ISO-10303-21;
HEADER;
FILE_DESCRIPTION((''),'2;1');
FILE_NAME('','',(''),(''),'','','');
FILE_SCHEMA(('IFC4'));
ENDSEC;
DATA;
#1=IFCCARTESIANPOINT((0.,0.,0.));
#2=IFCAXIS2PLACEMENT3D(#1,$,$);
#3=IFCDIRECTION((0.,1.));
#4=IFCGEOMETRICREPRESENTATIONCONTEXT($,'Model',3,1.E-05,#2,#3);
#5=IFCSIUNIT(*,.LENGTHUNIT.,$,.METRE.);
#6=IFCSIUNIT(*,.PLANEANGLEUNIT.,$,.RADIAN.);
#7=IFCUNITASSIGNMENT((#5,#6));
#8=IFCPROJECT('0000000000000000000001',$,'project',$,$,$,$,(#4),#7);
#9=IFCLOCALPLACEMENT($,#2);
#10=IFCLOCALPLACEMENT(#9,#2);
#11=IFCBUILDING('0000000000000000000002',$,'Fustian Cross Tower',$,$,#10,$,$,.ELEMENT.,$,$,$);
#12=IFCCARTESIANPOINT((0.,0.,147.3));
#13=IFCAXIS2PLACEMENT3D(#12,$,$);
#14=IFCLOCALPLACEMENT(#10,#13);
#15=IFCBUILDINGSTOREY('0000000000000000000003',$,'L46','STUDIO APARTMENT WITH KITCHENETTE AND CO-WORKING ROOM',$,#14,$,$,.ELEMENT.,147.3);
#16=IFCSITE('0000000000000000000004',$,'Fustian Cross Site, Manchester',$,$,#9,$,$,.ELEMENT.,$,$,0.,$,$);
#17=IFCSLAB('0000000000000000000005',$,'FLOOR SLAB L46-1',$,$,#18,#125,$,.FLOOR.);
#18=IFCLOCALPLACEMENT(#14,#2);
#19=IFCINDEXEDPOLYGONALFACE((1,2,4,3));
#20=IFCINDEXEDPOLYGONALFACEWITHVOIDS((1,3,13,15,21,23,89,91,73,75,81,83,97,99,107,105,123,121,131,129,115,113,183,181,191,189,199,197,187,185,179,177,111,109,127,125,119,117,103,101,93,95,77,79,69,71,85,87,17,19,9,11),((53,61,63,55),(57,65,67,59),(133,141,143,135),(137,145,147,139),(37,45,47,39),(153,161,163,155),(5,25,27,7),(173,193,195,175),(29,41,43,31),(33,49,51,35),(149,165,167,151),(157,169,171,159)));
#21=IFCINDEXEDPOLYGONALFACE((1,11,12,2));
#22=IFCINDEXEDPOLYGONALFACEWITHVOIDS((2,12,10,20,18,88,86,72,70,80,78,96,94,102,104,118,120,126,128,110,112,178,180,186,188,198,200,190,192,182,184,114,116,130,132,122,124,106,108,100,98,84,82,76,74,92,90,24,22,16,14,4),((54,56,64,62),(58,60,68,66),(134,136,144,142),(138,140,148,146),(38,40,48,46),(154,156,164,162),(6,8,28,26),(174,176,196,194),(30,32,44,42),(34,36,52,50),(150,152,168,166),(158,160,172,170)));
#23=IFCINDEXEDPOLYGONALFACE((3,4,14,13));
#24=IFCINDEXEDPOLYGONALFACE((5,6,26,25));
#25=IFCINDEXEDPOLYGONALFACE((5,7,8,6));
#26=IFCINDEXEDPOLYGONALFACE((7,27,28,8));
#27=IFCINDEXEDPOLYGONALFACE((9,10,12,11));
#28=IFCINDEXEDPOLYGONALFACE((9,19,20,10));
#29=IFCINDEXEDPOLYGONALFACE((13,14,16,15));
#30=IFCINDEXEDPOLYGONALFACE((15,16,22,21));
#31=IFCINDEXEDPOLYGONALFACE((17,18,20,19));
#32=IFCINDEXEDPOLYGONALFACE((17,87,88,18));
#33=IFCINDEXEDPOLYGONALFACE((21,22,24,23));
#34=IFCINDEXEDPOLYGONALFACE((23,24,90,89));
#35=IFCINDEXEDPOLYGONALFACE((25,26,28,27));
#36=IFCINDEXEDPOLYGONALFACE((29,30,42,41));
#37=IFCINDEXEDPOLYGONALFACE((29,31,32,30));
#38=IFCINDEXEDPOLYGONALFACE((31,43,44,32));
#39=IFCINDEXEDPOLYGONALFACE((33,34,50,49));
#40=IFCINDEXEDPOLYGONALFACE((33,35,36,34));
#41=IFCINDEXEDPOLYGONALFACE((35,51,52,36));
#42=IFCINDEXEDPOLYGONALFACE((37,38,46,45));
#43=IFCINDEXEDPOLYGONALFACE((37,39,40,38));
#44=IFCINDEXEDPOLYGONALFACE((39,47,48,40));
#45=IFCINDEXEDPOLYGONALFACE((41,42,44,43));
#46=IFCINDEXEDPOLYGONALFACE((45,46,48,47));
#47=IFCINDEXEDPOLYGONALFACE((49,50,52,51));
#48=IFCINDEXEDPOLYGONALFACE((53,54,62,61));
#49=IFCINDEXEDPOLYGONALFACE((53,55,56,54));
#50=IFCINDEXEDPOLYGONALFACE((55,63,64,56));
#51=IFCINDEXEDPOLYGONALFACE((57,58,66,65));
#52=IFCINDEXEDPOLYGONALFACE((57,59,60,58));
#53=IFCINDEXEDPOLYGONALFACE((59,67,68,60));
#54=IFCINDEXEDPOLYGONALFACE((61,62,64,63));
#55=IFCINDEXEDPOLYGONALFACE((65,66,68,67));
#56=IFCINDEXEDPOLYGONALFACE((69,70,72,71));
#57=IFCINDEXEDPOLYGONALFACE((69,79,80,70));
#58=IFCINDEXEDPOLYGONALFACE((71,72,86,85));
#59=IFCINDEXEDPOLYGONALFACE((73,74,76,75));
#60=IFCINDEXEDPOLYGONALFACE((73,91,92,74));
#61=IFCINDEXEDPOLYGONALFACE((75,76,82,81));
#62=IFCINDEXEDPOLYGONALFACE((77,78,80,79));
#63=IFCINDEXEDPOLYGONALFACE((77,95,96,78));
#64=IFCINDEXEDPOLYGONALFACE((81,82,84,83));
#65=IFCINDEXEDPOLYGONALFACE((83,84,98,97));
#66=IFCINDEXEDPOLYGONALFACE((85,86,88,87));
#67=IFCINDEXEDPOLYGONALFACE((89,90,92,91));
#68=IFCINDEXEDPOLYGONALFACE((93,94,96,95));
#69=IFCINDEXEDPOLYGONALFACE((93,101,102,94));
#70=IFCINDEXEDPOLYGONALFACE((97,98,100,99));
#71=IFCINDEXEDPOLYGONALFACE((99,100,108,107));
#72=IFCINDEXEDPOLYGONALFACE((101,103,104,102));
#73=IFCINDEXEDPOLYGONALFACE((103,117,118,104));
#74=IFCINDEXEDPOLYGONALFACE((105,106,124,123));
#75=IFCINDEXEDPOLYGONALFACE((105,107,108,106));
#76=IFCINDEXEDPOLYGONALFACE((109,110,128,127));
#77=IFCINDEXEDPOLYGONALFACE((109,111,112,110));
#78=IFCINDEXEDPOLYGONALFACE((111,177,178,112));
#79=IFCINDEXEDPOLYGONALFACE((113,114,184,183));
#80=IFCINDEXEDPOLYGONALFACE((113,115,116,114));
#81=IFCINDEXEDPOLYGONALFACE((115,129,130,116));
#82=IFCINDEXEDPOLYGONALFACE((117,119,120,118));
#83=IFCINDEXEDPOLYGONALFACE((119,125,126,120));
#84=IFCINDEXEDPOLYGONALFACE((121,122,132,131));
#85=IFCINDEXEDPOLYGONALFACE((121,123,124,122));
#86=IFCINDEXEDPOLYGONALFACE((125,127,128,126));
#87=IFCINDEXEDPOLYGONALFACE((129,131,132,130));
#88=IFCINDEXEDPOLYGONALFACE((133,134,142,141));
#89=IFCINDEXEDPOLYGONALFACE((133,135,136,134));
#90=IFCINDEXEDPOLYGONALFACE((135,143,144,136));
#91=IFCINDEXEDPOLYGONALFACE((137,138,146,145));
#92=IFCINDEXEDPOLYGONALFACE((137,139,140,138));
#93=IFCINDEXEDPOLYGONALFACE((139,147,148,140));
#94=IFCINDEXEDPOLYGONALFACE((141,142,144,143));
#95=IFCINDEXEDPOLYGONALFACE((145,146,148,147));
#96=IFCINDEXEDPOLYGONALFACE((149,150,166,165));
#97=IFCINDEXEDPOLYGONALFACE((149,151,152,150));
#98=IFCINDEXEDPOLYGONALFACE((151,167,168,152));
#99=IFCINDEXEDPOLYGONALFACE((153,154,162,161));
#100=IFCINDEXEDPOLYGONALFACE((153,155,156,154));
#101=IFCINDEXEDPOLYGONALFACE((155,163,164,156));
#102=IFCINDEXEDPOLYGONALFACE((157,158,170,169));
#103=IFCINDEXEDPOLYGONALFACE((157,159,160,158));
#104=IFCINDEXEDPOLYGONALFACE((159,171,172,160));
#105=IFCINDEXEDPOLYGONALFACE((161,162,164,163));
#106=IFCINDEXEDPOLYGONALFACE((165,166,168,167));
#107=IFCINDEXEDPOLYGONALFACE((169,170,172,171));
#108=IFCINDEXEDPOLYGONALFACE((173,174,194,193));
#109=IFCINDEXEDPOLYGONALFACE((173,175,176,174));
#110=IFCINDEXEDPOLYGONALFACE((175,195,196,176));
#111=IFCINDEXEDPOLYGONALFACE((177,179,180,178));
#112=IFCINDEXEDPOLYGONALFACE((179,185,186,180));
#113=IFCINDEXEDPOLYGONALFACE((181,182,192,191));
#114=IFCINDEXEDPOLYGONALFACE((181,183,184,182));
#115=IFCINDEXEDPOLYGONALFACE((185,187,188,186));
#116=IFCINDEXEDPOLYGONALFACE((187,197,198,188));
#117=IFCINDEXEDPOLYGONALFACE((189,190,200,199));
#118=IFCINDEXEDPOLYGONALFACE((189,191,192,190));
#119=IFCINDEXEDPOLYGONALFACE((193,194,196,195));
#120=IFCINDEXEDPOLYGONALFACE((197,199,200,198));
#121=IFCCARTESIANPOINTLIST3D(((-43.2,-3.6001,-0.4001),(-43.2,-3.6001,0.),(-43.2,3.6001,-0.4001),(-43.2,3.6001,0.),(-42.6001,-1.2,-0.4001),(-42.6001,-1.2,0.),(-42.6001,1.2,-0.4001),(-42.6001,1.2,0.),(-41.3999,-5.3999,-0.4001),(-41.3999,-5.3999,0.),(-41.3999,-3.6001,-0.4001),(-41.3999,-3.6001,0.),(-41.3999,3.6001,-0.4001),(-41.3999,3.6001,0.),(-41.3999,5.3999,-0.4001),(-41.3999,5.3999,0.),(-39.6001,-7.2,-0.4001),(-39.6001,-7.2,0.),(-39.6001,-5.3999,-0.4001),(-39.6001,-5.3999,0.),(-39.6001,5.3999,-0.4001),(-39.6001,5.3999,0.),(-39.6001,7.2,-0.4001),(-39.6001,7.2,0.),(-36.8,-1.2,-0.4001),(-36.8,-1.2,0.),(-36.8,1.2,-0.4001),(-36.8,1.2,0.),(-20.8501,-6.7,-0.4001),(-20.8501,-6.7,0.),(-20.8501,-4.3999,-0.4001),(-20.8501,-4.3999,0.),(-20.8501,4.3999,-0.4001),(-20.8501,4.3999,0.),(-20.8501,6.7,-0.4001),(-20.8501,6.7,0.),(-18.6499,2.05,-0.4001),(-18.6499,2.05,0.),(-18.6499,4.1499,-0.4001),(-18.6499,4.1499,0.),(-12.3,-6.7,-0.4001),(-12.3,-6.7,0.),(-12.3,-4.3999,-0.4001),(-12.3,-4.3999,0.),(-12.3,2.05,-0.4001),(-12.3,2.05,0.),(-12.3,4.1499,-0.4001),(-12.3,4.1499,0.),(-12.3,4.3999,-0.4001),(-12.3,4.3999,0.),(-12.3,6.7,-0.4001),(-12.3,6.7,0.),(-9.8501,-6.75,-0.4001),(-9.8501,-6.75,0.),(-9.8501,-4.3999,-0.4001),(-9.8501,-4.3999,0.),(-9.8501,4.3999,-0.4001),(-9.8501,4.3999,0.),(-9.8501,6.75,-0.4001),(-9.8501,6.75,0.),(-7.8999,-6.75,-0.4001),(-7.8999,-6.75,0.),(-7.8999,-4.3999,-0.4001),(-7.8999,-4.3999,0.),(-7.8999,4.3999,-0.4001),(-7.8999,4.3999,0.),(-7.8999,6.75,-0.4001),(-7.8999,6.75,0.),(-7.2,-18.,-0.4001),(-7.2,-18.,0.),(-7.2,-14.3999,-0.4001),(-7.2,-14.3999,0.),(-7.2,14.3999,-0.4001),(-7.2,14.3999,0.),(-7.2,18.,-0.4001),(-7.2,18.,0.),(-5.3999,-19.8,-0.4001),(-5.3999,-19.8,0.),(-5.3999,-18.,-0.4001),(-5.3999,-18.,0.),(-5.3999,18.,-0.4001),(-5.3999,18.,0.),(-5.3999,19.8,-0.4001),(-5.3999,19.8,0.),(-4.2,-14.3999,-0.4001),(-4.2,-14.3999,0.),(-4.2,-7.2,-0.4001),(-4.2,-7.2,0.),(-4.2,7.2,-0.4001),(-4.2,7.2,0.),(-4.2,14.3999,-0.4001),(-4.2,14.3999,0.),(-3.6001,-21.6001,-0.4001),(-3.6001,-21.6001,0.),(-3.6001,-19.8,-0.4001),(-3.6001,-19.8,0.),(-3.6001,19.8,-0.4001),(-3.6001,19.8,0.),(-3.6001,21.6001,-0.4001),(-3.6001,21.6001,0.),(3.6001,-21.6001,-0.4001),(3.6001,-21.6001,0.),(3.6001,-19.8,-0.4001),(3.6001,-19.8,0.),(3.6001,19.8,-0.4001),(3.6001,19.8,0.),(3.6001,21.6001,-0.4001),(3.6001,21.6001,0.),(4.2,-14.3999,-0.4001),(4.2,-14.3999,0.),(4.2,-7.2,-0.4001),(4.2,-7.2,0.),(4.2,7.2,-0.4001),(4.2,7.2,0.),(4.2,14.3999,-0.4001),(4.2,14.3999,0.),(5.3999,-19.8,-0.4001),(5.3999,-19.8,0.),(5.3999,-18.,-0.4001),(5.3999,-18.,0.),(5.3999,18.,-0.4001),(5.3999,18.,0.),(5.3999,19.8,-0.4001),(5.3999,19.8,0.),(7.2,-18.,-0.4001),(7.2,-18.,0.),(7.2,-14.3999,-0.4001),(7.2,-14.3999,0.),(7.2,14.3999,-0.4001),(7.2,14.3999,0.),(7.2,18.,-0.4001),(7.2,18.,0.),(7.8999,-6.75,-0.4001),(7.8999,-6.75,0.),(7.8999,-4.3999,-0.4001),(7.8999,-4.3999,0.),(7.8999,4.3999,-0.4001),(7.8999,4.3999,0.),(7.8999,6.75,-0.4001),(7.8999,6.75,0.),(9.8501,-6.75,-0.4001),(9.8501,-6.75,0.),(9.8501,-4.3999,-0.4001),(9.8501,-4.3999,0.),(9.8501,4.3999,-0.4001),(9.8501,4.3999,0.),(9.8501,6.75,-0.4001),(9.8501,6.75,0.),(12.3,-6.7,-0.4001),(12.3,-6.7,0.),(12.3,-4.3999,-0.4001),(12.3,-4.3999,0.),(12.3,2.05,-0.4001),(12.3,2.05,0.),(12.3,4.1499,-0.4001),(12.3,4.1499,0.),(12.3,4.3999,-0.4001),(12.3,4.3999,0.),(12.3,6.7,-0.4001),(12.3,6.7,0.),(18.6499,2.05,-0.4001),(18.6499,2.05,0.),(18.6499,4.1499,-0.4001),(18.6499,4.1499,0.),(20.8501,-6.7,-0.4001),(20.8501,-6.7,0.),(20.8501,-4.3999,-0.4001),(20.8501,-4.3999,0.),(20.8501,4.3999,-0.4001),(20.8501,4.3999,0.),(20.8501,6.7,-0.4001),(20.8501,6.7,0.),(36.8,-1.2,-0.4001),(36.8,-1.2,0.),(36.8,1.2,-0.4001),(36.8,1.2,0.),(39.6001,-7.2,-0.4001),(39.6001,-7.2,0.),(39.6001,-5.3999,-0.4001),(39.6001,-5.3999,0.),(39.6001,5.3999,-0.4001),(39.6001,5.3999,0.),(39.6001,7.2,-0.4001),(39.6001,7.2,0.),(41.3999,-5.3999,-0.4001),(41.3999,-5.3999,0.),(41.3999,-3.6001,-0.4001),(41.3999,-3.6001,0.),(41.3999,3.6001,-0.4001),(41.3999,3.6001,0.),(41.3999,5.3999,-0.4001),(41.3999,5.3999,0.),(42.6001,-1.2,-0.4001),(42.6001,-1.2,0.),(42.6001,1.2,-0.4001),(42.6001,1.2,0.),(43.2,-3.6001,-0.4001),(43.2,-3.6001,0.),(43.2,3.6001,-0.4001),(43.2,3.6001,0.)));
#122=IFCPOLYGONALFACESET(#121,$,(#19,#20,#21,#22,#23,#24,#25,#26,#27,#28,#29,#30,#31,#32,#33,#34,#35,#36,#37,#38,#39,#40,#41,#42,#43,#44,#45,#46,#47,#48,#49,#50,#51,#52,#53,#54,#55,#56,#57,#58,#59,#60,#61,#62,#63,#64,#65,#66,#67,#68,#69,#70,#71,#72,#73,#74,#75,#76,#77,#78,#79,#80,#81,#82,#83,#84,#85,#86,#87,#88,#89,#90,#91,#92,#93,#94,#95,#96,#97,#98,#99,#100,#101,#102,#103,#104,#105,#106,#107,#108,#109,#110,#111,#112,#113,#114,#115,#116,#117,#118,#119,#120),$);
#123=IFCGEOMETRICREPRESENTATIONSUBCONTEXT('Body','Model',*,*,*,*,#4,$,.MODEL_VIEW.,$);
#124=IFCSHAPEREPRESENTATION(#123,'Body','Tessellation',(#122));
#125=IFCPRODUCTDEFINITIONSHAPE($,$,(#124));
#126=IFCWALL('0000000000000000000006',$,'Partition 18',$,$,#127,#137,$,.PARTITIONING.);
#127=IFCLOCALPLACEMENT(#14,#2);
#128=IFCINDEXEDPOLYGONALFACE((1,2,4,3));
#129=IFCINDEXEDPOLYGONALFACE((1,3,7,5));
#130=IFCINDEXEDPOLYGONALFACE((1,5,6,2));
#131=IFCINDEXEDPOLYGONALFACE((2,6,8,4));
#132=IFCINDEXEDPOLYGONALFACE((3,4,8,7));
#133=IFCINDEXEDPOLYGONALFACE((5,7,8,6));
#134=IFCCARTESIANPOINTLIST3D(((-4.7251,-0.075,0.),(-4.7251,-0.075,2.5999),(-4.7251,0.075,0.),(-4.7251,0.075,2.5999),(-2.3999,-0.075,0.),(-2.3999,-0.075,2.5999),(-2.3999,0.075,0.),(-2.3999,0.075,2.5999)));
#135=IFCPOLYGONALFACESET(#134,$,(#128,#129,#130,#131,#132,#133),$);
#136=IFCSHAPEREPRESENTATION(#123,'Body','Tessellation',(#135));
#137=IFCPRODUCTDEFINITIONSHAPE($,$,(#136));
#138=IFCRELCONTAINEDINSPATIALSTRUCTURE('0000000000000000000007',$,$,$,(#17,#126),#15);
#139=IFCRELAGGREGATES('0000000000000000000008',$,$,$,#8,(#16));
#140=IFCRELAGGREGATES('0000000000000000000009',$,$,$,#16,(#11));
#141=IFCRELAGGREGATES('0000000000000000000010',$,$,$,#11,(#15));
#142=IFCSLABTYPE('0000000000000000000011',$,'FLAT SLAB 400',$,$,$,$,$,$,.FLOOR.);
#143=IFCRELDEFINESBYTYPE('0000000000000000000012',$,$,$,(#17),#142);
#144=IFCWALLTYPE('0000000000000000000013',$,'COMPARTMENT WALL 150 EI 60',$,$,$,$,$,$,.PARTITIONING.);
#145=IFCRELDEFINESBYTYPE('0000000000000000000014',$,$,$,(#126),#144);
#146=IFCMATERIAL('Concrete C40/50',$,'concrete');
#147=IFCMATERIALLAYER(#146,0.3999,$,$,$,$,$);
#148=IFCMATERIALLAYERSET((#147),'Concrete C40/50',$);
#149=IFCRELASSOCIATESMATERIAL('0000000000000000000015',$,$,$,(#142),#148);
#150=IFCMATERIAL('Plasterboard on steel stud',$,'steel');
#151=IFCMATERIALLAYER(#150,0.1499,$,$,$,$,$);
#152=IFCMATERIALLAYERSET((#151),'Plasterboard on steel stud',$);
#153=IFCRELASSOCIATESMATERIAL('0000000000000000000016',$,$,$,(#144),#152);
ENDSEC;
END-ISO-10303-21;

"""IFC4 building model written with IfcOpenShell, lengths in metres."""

from ifc_helpers import new_model, si_unit, direction, frame, frame_2d, origin, place, context, subcontext, project, spatial, polyline, rectangle, outline, extrude, material, layer, layer_set, type_object, element, save


model = new_model("IFC4")

# Units and contexts
model_context = context("Model", 3, precision=1e-05, world=origin(), true_north=direction((0.0, 1.0)))
body_context = subcontext(model_context, "Body", "Model", "MODEL_VIEW")
ifc_project = project(units=[si_unit("LENGTHUNIT", "METRE"), si_unit("PLANEANGLEUNIT", "RADIAN")], contexts=[model_context])

# Site, building, storey
site_placement = place(None, origin())
site = spatial("IfcSite", under=ifc_project, at=site_placement, Name="Fustian Cross Site, Manchester", CompositionType="ELEMENT", RefElevation=0.0)
building_placement = place(site_placement, origin())
building = spatial("IfcBuilding", under=site, at=building_placement, Name="Fustian Cross Tower", CompositionType="ELEMENT")
storey_placement = place(building_placement, frame((0.0, 0.0, 147.3)))
storey = spatial("IfcBuildingStorey", under=building, at=storey_placement, Name="L46", Description="STUDIO APARTMENT WITH KITCHENETTE AND CO-WORKING ROOM", CompositionType="ELEMENT", Elevation=147.3)

# Slab
ifc_material_1 = material(Name="Concrete C40/50", Category="concrete")
ifc_layer_1 = layer(ifc_material_1, 0.3999)
ifc_layer_set_1 = layer_set([ifc_layer_1], Name="Concrete C40/50")
slab_type_1 = type_object("IfcSlabType", Name="FLAT SLAB 400", PredefinedType="FLOOR", material=ifc_layer_set_1)
slab_1_placement = place(storey_placement, frame((0.0, 0.0, -0.4001)))
element("IfcSlab", 1, at=slab_1_placement, inside=storey, type_object=slab_type_1, Name="FLOOR SLAB L46-1", PredefinedType="FLOOR", context=body_context, shape_type="SweptSolid", body=[
    extrude(outline(polyline([(-5.3999, -18.0), (-7.2, -18.0), (-7.2, -14.3999), (-4.2, -14.3999), (-4.2, -7.2), (-39.6001, -7.2), (-39.6001, -5.3999), (-41.3999, -5.3999), (-41.3999, -3.6001), (-43.2, -3.6001), (-43.2, 3.6001), (-41.3999, 3.6001), (-41.3999, 5.3999), (-39.6001, 5.3999), (-39.6001, 7.2), (-4.2, 7.2), (-4.2, 14.3999), (-7.2, 14.3999), (-7.2, 18.0), (-5.3999, 18.0), (-5.3999, 19.8), (-3.6001, 19.8), (-3.6001, 21.6001), (3.6001, 21.6001), (3.6001, 19.8), (5.3999, 19.8), (5.3999, 18.0), (7.2, 18.0), (7.2, 14.3999), (4.2, 14.3999), (4.2, 7.2), (39.6001, 7.2), (39.6001, 5.3999), (41.3999, 5.3999), (41.3999, 3.6001), (43.2, 3.6001), (43.2, -3.6001), (41.3999, -3.6001), (41.3999, -5.3999), (39.6001, -5.3999), (39.6001, -7.2), (4.2, -7.2), (4.2, -14.3999), (7.2, -14.3999), (7.2, -18.0), (5.3999, -18.0), (5.3999, -19.8), (3.6001, -19.8), (3.6001, -21.6001), (-3.6001, -21.6001), (-3.6001, -19.8), (-5.3999, -19.8), (-5.3999, -18.0)]), holes=[polyline([(9.8501, 4.3999), (9.8501, 6.75), (7.8999, 6.75), (7.8999, 4.3999), (9.8501, 4.3999)]), polyline([(7.8999, -6.75), (9.8501, -6.75), (9.8501, -4.3999), (7.8999, -4.3999), (7.8999, -6.75)]), polyline([(-9.8501, 6.75), (-9.8501, 4.3999), (-7.8999, 4.3999), (-7.8999, 6.75), (-9.8501, 6.75)]), polyline([(-7.8999, -4.3999), (-9.8501, -4.3999), (-9.8501, -6.75), (-7.8999, -6.75), (-7.8999, -4.3999)]), polyline([(18.6499, 2.05), (18.6499, 4.1499), (12.3, 4.1499), (12.3, 2.05), (18.6499, 2.05)]), polyline([(-18.6499, 2.05), (-12.3, 2.05), (-12.3, 4.1499), (-18.6499, 4.1499), (-18.6499, 2.05)]), polyline([(12.3, 6.7), (12.3, 4.3999), (20.8501, 4.3999), (20.8501, 6.7), (12.3, 6.7)]), polyline([(20.8501, -4.3999), (12.3, -4.3999), (12.3, -6.7), (20.8501, -6.7), (20.8501, -4.3999)]), polyline([(-12.3, 4.3999), (-12.3, 6.7), (-20.8501, 6.7), (-20.8501, 4.3999), (-12.3, 4.3999)]), polyline([(-20.8501, -6.7), (-12.3, -6.7), (-12.3, -4.3999), (-20.8501, -4.3999), (-20.8501, -6.7)]), polyline([(36.8, 1.2), (36.8, -1.2), (42.6001, -1.2), (42.6001, 1.2), (36.8, 1.2)]), polyline([(-36.8, 1.2), (-42.6001, 1.2), (-42.6001, -1.2), (-36.8, -1.2), (-36.8, 1.2)])]), origin(), (0.0, 0.0, 1.0), 0.4001),
])

# Wall
ifc_material_2 = material(Name="Plasterboard on steel stud", Category="steel")
ifc_layer_2 = layer(ifc_material_2, 0.1499)
ifc_layer_set_2 = layer_set([ifc_layer_2], Name="Plasterboard on steel stud")
wall_type_1 = type_object("IfcWallType", Name="COMPARTMENT WALL 150 EI 60", PredefinedType="PARTITIONING", material=ifc_layer_set_2)
wall_1_placement = place(storey_placement, frame((-4.7251, 0.0, 0.0), z_axis=(0.0, 0.0, 1.0), x_axis=(1.0, 0.0, 0.0)))
element("IfcWall", 2, at=wall_1_placement, inside=storey, type_object=wall_type_1, Name="Partition 18", PredefinedType="PARTITIONING", context=body_context, shape_type="SweptSolid", body=[
    extrude(rectangle(XDim=2.3252, YDim=0.1499, at=frame_2d((1.1626, 0.0))), origin(), (0.0, 0.0, 1.0), 2.5999),
])

save(model, "model.ifc")
